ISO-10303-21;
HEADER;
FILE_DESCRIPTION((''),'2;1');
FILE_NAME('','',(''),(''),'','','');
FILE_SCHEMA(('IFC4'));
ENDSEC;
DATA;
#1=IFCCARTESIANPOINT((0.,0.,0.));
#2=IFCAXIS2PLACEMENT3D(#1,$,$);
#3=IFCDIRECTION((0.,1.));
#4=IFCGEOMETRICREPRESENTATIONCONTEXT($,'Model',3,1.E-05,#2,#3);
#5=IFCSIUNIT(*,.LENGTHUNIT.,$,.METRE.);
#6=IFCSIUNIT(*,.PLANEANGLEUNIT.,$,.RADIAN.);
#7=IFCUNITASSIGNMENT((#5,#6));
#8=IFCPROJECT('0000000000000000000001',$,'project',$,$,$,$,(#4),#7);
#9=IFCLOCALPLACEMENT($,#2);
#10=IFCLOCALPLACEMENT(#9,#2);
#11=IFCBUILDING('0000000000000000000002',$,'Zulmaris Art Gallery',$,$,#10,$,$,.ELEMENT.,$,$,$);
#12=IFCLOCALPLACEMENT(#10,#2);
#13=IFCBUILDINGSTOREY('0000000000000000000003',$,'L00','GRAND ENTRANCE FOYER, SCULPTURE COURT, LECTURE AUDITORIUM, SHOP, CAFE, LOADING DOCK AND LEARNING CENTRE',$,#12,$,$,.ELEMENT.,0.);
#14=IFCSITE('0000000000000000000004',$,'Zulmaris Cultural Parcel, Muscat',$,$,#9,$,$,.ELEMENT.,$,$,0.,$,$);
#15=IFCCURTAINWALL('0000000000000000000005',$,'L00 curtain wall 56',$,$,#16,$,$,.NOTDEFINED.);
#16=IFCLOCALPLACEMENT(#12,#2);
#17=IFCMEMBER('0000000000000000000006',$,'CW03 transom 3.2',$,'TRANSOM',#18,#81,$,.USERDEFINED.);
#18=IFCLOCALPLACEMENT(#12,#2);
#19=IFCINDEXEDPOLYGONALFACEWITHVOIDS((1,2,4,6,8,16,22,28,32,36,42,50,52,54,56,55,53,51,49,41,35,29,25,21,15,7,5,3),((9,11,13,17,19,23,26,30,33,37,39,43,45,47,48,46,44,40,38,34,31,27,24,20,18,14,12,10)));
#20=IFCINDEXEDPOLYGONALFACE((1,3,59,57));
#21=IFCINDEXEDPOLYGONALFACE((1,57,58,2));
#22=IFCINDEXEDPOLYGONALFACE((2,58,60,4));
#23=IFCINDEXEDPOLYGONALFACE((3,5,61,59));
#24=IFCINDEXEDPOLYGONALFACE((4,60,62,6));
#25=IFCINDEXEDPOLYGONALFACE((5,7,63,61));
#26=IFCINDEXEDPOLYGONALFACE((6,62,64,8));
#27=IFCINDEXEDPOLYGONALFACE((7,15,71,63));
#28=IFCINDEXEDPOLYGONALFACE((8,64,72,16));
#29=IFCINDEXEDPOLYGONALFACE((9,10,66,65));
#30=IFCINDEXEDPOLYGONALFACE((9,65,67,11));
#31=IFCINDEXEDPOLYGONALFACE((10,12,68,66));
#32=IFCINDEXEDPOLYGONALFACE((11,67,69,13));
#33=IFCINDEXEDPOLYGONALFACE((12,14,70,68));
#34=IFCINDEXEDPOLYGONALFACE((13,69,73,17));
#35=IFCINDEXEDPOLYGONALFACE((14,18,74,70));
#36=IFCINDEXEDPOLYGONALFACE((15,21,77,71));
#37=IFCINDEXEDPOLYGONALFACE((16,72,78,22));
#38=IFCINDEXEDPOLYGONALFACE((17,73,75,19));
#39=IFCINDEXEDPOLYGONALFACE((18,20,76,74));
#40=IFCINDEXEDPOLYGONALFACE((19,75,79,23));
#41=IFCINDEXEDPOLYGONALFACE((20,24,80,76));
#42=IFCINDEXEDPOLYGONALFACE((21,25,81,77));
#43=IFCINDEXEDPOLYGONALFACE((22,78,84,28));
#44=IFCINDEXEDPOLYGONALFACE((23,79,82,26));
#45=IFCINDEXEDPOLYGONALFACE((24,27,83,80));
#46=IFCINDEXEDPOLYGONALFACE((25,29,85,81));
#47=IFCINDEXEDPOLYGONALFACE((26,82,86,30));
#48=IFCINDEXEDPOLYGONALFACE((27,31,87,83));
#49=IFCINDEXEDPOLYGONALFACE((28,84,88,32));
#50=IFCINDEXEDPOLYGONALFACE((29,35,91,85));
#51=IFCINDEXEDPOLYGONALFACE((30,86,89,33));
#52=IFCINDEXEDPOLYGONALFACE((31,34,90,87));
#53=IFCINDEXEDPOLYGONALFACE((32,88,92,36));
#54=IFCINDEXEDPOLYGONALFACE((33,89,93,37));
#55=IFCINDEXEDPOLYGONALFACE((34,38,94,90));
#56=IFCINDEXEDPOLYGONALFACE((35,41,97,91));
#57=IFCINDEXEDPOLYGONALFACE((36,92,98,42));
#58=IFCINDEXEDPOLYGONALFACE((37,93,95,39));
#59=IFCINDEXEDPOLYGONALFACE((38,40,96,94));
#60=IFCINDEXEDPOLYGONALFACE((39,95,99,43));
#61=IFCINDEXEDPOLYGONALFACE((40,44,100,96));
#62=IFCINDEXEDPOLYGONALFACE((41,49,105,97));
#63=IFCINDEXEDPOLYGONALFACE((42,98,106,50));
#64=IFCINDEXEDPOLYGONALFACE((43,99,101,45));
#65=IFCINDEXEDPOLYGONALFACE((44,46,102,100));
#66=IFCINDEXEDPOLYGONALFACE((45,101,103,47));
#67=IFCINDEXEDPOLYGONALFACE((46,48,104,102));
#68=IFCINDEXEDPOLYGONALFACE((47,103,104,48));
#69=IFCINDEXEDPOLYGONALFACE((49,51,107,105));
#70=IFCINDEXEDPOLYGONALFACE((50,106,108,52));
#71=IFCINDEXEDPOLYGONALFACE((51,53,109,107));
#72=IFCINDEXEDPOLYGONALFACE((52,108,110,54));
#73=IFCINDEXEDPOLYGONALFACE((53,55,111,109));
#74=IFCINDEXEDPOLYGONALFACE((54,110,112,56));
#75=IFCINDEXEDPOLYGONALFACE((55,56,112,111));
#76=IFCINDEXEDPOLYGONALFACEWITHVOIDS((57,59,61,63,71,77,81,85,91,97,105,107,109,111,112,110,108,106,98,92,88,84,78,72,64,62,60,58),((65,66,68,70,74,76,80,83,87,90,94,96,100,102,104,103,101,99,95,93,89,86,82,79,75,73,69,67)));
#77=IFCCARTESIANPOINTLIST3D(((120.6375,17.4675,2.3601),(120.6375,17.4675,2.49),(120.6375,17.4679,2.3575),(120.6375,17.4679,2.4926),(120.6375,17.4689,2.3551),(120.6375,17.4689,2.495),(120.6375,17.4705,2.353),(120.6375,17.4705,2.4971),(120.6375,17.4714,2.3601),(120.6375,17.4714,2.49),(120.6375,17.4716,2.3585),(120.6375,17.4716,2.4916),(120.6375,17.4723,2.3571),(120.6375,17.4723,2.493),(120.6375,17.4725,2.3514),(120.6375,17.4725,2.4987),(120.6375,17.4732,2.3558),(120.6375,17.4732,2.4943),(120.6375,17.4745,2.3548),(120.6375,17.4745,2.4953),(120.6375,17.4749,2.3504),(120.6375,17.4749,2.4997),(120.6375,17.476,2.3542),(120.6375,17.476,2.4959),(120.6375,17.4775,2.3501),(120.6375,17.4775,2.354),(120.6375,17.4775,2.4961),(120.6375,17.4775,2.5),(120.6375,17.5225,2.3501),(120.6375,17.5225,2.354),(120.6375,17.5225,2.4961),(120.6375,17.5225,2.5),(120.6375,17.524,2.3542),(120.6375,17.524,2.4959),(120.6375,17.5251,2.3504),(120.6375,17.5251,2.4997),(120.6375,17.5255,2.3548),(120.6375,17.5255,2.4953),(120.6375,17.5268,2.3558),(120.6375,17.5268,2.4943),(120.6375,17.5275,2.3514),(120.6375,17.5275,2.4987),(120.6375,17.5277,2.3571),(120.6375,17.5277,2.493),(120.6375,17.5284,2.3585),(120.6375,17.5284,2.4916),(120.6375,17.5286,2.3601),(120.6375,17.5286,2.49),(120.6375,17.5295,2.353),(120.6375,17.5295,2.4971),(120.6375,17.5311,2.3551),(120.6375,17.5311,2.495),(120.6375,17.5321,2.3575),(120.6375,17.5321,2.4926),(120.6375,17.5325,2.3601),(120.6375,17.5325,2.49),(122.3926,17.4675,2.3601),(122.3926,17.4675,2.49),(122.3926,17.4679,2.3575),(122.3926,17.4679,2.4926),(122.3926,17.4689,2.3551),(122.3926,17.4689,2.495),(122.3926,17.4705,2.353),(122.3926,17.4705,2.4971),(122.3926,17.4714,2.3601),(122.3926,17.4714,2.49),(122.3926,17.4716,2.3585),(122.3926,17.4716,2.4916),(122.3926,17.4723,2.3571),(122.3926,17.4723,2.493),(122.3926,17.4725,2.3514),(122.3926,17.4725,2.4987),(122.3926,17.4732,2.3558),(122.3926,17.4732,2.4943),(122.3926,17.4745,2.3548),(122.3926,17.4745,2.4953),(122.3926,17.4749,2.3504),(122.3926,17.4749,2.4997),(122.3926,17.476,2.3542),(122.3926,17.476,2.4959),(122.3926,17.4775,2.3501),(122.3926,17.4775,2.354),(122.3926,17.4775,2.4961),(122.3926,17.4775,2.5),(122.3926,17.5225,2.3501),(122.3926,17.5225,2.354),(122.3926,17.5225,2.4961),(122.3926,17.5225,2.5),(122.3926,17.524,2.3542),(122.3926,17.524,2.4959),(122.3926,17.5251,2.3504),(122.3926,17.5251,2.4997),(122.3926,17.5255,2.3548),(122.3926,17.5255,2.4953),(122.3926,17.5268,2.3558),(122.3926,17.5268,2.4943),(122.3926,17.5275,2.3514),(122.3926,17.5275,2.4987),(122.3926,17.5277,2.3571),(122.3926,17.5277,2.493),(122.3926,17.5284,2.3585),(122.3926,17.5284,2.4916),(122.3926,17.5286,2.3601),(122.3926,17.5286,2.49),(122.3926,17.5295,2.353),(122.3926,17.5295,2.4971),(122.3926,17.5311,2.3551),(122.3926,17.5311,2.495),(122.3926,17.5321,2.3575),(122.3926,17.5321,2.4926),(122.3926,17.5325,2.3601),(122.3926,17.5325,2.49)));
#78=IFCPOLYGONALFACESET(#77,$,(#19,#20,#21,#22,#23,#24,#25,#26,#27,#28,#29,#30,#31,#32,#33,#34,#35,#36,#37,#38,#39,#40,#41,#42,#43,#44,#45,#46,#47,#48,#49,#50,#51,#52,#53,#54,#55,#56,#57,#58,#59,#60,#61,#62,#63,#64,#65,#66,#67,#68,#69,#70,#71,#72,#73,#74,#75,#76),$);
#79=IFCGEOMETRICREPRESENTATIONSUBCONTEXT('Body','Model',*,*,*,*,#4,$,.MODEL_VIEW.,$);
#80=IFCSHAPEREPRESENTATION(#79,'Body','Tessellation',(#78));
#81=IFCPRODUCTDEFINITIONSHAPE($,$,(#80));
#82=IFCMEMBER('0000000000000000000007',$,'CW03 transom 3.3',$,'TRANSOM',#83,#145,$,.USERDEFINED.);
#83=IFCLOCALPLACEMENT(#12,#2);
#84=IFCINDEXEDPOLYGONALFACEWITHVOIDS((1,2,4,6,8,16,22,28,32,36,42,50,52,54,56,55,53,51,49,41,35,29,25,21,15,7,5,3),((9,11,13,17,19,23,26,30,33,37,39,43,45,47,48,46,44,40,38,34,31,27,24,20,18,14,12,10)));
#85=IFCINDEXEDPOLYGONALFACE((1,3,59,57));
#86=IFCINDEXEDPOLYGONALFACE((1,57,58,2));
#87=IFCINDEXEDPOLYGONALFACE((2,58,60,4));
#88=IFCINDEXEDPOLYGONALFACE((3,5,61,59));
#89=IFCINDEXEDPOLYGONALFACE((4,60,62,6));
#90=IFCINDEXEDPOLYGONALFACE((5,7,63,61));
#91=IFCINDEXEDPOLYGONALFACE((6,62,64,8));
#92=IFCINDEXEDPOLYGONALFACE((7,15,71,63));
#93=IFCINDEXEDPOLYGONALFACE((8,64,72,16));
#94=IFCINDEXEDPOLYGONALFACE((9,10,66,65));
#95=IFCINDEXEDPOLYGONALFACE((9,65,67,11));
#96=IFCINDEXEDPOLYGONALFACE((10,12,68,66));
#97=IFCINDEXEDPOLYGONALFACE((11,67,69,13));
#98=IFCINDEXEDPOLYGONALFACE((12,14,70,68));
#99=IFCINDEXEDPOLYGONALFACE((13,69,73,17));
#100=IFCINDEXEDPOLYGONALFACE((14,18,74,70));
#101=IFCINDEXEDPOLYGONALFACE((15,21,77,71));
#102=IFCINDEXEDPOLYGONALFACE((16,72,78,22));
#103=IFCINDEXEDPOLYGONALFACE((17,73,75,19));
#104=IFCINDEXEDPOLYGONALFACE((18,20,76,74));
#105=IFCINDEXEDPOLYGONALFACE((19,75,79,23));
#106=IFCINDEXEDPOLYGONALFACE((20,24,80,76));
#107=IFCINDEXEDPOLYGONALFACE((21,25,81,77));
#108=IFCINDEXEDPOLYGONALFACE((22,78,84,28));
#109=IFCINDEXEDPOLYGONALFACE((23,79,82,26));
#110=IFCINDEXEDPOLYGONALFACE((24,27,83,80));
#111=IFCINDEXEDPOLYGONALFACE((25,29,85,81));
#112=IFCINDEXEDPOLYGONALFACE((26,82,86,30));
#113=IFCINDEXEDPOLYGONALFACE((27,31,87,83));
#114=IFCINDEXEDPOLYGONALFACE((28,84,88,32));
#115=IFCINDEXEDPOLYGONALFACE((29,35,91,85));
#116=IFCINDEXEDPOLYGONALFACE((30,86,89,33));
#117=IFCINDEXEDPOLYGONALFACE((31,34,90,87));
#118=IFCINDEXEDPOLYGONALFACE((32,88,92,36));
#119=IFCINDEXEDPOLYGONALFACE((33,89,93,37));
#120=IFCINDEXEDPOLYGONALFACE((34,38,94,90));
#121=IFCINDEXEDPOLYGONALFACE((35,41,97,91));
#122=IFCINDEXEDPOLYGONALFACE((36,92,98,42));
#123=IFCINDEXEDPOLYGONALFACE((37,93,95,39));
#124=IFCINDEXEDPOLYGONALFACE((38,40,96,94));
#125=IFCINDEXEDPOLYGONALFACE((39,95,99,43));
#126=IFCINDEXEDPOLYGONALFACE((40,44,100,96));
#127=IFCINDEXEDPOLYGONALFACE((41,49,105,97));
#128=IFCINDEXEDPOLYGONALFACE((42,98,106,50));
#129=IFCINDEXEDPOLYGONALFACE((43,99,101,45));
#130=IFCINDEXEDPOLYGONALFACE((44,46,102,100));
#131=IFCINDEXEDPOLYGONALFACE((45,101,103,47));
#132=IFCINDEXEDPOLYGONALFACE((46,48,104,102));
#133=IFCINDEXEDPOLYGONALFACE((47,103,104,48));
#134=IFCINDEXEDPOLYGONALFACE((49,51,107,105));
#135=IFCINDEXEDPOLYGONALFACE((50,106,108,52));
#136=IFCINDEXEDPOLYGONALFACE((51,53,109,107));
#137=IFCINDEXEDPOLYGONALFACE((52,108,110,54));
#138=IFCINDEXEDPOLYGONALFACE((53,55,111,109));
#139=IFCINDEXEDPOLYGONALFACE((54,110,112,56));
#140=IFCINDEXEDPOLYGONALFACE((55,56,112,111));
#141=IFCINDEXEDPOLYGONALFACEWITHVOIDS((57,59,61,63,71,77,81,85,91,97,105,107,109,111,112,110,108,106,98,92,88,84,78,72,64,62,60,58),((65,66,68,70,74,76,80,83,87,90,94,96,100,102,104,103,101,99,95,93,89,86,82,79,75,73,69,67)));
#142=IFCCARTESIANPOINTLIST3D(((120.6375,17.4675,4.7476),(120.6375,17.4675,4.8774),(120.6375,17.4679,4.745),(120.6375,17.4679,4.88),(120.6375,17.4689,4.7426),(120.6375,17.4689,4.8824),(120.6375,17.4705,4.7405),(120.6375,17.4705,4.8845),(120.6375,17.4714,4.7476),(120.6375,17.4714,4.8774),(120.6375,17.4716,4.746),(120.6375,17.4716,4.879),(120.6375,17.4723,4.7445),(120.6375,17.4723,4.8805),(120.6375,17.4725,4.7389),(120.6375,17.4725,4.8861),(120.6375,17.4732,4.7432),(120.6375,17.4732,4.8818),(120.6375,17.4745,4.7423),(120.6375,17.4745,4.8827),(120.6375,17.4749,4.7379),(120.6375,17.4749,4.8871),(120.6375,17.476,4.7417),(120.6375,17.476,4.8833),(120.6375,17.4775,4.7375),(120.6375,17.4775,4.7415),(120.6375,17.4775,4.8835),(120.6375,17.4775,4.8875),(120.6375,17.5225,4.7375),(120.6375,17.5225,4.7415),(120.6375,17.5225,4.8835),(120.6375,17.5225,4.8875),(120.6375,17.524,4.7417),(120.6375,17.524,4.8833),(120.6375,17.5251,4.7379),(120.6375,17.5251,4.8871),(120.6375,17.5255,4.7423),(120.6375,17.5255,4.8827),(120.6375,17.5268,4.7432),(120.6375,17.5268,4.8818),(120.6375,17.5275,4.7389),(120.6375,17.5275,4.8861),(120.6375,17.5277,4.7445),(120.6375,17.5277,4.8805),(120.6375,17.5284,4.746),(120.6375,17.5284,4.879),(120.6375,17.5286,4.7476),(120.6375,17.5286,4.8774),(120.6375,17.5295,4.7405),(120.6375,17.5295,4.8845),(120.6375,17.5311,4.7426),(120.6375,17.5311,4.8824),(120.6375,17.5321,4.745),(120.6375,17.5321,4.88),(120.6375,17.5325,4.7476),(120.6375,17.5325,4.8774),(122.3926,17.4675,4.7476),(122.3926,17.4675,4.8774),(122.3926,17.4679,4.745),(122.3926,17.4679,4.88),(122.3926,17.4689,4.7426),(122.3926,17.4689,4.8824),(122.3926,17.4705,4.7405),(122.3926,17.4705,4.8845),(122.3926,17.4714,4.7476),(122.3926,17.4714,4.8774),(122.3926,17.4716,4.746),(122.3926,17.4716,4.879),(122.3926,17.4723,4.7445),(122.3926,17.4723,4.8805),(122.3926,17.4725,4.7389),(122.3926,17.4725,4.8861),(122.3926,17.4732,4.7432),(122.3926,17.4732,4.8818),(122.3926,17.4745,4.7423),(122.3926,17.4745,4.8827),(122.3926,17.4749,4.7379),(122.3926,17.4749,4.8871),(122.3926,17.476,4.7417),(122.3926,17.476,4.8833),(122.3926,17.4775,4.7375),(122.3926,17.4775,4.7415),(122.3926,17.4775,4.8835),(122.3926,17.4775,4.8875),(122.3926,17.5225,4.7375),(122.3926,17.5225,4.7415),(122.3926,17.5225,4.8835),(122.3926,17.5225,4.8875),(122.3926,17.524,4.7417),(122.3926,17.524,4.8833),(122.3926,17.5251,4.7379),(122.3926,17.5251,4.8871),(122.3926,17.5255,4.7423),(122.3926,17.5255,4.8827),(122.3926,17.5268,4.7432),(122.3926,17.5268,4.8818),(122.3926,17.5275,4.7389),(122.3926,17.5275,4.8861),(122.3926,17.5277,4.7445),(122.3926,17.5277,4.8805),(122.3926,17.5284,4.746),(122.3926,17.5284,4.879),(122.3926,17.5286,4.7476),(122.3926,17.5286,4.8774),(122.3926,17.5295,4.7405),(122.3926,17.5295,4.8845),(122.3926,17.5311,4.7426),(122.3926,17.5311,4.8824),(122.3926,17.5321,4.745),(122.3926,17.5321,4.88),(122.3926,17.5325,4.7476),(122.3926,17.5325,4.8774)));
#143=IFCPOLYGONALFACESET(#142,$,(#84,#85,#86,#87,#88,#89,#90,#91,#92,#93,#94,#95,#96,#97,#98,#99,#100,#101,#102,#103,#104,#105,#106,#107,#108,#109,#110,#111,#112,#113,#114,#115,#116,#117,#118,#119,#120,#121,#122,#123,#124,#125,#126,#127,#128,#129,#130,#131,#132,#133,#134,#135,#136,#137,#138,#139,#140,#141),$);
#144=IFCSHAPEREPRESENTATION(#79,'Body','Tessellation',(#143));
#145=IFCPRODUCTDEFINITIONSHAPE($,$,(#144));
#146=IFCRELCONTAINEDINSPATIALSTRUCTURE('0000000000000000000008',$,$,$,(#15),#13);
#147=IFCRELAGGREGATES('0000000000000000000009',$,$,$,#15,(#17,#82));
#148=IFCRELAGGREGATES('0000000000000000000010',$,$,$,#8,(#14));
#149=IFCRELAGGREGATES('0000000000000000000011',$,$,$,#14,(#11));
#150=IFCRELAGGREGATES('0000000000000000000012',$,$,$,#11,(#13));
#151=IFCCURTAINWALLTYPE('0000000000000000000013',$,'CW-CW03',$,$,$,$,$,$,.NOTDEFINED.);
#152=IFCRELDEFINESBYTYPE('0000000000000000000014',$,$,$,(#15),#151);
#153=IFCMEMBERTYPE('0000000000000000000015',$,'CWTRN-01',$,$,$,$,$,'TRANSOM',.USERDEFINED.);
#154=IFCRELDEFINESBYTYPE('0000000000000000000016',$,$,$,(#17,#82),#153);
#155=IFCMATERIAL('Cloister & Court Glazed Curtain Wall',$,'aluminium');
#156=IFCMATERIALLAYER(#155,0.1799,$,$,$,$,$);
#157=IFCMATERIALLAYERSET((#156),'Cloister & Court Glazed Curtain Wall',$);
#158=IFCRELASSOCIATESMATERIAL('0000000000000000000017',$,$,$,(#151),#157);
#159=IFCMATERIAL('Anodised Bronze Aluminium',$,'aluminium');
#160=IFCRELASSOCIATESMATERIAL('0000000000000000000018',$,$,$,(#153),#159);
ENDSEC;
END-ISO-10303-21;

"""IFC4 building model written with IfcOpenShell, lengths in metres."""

from ifc_helpers import new_model, si_unit, direction, frame, origin, origin_2d, place, context, subcontext, project, spatial, hollow_rectangle, extrude, material, layer, layer_set, material_profile, profile_set, type_object, element, aggregate, save


model = new_model("IFC4")

# Units and contexts
model_context = context("Model", 3, precision=1e-05, world=origin(), true_north=direction((0.0, 1.0)))
body_context = subcontext(model_context, "Body", "Model", "MODEL_VIEW")
ifc_project = project(units=[si_unit("LENGTHUNIT", "METRE"), si_unit("PLANEANGLEUNIT", "RADIAN")], contexts=[model_context])

# Site, building, storey
site_placement = place(None, origin())
site = spatial("IfcSite", under=ifc_project, at=site_placement, Name="Zulmaris Cultural Parcel, Muscat", CompositionType="ELEMENT", RefElevation=0.0)
building_placement = place(site_placement, origin())
building = spatial("IfcBuilding", under=site, at=building_placement, Name="Zulmaris Art Gallery", CompositionType="ELEMENT")
storey_placement = place(building_placement, origin())
storey = spatial("IfcBuildingStorey", under=building, at=storey_placement, Name="L00", Description="GRAND ENTRANCE FOYER, SCULPTURE COURT, LECTURE AUDITORIUM, SHOP, CAFE, LOADING DOCK AND LEARNING CENTRE", CompositionType="ELEMENT", Elevation=0.0)

# Curtain wall, members
ifc_material_1 = material(Name="Cloister & Court Glazed Curtain Wall", Category="aluminium")
ifc_layer_1 = layer(ifc_material_1, 0.1799)
ifc_layer_set_1 = layer_set([ifc_layer_1], Name="Cloister & Court Glazed Curtain Wall")
curtain_wall_type = type_object("IfcCurtainWallType", Name="CW-CW03", PredefinedType="NOTDEFINED", material=ifc_layer_set_1)
curtain_wall_placement = place(storey_placement, origin())
curtain_wall = element("IfcCurtainWall", 1, at=curtain_wall_placement, inside=storey, type_object=curtain_wall_type, Name="L00 curtain wall 56", PredefinedType="NOTDEFINED")
ifc_material_2 = material(Name="Anodised Bronze Aluminium", Category="aluminium")
ifc_material_profile_1 = material_profile(ifc_material_2, hollow_rectangle(XDim=0.0649, YDim=0.1499, WallThickness=0.0039, InnerFilletRadius=0.0061, OuterFilletRadius=0.01, at=origin_2d()), Name="ALU 65x150x4")
ifc_profile_set_1 = profile_set([ifc_material_profile_1], Name="Anodised Bronze Aluminium")
member_type_1 = type_object("IfcMemberType", Name="CWTRN-01", ElementType="TRANSOM", PredefinedType="USERDEFINED", material=ifc_profile_set_1)
member_1_placement = place(storey_placement, frame((120.6375, 17.5, 2.425), z_axis=(1.0, 0.0, 0.0), x_axis=(0.0, 1.0, 0.0)))
member_1 = element("IfcMember", 2, at=member_1_placement, type_object=member_type_1, Name="CW03 transom 3.2", ObjectType="TRANSOM", PredefinedType="USERDEFINED", context=body_context, shape_type="SweptSolid", body=[
    extrude(hollow_rectangle(XDim=0.0649, YDim=0.1499, WallThickness=0.0039, InnerFilletRadius=0.0061, OuterFilletRadius=0.01, at=origin_2d()), origin(), (0.0, 0.0, 1.0), 1.7551),
])
member_2_placement = place(storey_placement, frame((120.6375, 17.5, 4.8125), z_axis=(1.0, 0.0, 0.0), x_axis=(0.0, 1.0, 0.0)))
member_2 = element("IfcMember", 3, at=member_2_placement, type_object=member_type_1, Name="CW03 transom 3.3", ObjectType="TRANSOM", PredefinedType="USERDEFINED", context=body_context, shape_type="SweptSolid", body=[
    extrude(hollow_rectangle(XDim=0.0649, YDim=0.1499, WallThickness=0.0039, InnerFilletRadius=0.0061, OuterFilletRadius=0.01, at=origin_2d()), origin(), (0.0, 0.0, 1.0), 1.7551),
])
aggregate(curtain_wall, [member_1, member_2])

save(model, "model.ifc")
